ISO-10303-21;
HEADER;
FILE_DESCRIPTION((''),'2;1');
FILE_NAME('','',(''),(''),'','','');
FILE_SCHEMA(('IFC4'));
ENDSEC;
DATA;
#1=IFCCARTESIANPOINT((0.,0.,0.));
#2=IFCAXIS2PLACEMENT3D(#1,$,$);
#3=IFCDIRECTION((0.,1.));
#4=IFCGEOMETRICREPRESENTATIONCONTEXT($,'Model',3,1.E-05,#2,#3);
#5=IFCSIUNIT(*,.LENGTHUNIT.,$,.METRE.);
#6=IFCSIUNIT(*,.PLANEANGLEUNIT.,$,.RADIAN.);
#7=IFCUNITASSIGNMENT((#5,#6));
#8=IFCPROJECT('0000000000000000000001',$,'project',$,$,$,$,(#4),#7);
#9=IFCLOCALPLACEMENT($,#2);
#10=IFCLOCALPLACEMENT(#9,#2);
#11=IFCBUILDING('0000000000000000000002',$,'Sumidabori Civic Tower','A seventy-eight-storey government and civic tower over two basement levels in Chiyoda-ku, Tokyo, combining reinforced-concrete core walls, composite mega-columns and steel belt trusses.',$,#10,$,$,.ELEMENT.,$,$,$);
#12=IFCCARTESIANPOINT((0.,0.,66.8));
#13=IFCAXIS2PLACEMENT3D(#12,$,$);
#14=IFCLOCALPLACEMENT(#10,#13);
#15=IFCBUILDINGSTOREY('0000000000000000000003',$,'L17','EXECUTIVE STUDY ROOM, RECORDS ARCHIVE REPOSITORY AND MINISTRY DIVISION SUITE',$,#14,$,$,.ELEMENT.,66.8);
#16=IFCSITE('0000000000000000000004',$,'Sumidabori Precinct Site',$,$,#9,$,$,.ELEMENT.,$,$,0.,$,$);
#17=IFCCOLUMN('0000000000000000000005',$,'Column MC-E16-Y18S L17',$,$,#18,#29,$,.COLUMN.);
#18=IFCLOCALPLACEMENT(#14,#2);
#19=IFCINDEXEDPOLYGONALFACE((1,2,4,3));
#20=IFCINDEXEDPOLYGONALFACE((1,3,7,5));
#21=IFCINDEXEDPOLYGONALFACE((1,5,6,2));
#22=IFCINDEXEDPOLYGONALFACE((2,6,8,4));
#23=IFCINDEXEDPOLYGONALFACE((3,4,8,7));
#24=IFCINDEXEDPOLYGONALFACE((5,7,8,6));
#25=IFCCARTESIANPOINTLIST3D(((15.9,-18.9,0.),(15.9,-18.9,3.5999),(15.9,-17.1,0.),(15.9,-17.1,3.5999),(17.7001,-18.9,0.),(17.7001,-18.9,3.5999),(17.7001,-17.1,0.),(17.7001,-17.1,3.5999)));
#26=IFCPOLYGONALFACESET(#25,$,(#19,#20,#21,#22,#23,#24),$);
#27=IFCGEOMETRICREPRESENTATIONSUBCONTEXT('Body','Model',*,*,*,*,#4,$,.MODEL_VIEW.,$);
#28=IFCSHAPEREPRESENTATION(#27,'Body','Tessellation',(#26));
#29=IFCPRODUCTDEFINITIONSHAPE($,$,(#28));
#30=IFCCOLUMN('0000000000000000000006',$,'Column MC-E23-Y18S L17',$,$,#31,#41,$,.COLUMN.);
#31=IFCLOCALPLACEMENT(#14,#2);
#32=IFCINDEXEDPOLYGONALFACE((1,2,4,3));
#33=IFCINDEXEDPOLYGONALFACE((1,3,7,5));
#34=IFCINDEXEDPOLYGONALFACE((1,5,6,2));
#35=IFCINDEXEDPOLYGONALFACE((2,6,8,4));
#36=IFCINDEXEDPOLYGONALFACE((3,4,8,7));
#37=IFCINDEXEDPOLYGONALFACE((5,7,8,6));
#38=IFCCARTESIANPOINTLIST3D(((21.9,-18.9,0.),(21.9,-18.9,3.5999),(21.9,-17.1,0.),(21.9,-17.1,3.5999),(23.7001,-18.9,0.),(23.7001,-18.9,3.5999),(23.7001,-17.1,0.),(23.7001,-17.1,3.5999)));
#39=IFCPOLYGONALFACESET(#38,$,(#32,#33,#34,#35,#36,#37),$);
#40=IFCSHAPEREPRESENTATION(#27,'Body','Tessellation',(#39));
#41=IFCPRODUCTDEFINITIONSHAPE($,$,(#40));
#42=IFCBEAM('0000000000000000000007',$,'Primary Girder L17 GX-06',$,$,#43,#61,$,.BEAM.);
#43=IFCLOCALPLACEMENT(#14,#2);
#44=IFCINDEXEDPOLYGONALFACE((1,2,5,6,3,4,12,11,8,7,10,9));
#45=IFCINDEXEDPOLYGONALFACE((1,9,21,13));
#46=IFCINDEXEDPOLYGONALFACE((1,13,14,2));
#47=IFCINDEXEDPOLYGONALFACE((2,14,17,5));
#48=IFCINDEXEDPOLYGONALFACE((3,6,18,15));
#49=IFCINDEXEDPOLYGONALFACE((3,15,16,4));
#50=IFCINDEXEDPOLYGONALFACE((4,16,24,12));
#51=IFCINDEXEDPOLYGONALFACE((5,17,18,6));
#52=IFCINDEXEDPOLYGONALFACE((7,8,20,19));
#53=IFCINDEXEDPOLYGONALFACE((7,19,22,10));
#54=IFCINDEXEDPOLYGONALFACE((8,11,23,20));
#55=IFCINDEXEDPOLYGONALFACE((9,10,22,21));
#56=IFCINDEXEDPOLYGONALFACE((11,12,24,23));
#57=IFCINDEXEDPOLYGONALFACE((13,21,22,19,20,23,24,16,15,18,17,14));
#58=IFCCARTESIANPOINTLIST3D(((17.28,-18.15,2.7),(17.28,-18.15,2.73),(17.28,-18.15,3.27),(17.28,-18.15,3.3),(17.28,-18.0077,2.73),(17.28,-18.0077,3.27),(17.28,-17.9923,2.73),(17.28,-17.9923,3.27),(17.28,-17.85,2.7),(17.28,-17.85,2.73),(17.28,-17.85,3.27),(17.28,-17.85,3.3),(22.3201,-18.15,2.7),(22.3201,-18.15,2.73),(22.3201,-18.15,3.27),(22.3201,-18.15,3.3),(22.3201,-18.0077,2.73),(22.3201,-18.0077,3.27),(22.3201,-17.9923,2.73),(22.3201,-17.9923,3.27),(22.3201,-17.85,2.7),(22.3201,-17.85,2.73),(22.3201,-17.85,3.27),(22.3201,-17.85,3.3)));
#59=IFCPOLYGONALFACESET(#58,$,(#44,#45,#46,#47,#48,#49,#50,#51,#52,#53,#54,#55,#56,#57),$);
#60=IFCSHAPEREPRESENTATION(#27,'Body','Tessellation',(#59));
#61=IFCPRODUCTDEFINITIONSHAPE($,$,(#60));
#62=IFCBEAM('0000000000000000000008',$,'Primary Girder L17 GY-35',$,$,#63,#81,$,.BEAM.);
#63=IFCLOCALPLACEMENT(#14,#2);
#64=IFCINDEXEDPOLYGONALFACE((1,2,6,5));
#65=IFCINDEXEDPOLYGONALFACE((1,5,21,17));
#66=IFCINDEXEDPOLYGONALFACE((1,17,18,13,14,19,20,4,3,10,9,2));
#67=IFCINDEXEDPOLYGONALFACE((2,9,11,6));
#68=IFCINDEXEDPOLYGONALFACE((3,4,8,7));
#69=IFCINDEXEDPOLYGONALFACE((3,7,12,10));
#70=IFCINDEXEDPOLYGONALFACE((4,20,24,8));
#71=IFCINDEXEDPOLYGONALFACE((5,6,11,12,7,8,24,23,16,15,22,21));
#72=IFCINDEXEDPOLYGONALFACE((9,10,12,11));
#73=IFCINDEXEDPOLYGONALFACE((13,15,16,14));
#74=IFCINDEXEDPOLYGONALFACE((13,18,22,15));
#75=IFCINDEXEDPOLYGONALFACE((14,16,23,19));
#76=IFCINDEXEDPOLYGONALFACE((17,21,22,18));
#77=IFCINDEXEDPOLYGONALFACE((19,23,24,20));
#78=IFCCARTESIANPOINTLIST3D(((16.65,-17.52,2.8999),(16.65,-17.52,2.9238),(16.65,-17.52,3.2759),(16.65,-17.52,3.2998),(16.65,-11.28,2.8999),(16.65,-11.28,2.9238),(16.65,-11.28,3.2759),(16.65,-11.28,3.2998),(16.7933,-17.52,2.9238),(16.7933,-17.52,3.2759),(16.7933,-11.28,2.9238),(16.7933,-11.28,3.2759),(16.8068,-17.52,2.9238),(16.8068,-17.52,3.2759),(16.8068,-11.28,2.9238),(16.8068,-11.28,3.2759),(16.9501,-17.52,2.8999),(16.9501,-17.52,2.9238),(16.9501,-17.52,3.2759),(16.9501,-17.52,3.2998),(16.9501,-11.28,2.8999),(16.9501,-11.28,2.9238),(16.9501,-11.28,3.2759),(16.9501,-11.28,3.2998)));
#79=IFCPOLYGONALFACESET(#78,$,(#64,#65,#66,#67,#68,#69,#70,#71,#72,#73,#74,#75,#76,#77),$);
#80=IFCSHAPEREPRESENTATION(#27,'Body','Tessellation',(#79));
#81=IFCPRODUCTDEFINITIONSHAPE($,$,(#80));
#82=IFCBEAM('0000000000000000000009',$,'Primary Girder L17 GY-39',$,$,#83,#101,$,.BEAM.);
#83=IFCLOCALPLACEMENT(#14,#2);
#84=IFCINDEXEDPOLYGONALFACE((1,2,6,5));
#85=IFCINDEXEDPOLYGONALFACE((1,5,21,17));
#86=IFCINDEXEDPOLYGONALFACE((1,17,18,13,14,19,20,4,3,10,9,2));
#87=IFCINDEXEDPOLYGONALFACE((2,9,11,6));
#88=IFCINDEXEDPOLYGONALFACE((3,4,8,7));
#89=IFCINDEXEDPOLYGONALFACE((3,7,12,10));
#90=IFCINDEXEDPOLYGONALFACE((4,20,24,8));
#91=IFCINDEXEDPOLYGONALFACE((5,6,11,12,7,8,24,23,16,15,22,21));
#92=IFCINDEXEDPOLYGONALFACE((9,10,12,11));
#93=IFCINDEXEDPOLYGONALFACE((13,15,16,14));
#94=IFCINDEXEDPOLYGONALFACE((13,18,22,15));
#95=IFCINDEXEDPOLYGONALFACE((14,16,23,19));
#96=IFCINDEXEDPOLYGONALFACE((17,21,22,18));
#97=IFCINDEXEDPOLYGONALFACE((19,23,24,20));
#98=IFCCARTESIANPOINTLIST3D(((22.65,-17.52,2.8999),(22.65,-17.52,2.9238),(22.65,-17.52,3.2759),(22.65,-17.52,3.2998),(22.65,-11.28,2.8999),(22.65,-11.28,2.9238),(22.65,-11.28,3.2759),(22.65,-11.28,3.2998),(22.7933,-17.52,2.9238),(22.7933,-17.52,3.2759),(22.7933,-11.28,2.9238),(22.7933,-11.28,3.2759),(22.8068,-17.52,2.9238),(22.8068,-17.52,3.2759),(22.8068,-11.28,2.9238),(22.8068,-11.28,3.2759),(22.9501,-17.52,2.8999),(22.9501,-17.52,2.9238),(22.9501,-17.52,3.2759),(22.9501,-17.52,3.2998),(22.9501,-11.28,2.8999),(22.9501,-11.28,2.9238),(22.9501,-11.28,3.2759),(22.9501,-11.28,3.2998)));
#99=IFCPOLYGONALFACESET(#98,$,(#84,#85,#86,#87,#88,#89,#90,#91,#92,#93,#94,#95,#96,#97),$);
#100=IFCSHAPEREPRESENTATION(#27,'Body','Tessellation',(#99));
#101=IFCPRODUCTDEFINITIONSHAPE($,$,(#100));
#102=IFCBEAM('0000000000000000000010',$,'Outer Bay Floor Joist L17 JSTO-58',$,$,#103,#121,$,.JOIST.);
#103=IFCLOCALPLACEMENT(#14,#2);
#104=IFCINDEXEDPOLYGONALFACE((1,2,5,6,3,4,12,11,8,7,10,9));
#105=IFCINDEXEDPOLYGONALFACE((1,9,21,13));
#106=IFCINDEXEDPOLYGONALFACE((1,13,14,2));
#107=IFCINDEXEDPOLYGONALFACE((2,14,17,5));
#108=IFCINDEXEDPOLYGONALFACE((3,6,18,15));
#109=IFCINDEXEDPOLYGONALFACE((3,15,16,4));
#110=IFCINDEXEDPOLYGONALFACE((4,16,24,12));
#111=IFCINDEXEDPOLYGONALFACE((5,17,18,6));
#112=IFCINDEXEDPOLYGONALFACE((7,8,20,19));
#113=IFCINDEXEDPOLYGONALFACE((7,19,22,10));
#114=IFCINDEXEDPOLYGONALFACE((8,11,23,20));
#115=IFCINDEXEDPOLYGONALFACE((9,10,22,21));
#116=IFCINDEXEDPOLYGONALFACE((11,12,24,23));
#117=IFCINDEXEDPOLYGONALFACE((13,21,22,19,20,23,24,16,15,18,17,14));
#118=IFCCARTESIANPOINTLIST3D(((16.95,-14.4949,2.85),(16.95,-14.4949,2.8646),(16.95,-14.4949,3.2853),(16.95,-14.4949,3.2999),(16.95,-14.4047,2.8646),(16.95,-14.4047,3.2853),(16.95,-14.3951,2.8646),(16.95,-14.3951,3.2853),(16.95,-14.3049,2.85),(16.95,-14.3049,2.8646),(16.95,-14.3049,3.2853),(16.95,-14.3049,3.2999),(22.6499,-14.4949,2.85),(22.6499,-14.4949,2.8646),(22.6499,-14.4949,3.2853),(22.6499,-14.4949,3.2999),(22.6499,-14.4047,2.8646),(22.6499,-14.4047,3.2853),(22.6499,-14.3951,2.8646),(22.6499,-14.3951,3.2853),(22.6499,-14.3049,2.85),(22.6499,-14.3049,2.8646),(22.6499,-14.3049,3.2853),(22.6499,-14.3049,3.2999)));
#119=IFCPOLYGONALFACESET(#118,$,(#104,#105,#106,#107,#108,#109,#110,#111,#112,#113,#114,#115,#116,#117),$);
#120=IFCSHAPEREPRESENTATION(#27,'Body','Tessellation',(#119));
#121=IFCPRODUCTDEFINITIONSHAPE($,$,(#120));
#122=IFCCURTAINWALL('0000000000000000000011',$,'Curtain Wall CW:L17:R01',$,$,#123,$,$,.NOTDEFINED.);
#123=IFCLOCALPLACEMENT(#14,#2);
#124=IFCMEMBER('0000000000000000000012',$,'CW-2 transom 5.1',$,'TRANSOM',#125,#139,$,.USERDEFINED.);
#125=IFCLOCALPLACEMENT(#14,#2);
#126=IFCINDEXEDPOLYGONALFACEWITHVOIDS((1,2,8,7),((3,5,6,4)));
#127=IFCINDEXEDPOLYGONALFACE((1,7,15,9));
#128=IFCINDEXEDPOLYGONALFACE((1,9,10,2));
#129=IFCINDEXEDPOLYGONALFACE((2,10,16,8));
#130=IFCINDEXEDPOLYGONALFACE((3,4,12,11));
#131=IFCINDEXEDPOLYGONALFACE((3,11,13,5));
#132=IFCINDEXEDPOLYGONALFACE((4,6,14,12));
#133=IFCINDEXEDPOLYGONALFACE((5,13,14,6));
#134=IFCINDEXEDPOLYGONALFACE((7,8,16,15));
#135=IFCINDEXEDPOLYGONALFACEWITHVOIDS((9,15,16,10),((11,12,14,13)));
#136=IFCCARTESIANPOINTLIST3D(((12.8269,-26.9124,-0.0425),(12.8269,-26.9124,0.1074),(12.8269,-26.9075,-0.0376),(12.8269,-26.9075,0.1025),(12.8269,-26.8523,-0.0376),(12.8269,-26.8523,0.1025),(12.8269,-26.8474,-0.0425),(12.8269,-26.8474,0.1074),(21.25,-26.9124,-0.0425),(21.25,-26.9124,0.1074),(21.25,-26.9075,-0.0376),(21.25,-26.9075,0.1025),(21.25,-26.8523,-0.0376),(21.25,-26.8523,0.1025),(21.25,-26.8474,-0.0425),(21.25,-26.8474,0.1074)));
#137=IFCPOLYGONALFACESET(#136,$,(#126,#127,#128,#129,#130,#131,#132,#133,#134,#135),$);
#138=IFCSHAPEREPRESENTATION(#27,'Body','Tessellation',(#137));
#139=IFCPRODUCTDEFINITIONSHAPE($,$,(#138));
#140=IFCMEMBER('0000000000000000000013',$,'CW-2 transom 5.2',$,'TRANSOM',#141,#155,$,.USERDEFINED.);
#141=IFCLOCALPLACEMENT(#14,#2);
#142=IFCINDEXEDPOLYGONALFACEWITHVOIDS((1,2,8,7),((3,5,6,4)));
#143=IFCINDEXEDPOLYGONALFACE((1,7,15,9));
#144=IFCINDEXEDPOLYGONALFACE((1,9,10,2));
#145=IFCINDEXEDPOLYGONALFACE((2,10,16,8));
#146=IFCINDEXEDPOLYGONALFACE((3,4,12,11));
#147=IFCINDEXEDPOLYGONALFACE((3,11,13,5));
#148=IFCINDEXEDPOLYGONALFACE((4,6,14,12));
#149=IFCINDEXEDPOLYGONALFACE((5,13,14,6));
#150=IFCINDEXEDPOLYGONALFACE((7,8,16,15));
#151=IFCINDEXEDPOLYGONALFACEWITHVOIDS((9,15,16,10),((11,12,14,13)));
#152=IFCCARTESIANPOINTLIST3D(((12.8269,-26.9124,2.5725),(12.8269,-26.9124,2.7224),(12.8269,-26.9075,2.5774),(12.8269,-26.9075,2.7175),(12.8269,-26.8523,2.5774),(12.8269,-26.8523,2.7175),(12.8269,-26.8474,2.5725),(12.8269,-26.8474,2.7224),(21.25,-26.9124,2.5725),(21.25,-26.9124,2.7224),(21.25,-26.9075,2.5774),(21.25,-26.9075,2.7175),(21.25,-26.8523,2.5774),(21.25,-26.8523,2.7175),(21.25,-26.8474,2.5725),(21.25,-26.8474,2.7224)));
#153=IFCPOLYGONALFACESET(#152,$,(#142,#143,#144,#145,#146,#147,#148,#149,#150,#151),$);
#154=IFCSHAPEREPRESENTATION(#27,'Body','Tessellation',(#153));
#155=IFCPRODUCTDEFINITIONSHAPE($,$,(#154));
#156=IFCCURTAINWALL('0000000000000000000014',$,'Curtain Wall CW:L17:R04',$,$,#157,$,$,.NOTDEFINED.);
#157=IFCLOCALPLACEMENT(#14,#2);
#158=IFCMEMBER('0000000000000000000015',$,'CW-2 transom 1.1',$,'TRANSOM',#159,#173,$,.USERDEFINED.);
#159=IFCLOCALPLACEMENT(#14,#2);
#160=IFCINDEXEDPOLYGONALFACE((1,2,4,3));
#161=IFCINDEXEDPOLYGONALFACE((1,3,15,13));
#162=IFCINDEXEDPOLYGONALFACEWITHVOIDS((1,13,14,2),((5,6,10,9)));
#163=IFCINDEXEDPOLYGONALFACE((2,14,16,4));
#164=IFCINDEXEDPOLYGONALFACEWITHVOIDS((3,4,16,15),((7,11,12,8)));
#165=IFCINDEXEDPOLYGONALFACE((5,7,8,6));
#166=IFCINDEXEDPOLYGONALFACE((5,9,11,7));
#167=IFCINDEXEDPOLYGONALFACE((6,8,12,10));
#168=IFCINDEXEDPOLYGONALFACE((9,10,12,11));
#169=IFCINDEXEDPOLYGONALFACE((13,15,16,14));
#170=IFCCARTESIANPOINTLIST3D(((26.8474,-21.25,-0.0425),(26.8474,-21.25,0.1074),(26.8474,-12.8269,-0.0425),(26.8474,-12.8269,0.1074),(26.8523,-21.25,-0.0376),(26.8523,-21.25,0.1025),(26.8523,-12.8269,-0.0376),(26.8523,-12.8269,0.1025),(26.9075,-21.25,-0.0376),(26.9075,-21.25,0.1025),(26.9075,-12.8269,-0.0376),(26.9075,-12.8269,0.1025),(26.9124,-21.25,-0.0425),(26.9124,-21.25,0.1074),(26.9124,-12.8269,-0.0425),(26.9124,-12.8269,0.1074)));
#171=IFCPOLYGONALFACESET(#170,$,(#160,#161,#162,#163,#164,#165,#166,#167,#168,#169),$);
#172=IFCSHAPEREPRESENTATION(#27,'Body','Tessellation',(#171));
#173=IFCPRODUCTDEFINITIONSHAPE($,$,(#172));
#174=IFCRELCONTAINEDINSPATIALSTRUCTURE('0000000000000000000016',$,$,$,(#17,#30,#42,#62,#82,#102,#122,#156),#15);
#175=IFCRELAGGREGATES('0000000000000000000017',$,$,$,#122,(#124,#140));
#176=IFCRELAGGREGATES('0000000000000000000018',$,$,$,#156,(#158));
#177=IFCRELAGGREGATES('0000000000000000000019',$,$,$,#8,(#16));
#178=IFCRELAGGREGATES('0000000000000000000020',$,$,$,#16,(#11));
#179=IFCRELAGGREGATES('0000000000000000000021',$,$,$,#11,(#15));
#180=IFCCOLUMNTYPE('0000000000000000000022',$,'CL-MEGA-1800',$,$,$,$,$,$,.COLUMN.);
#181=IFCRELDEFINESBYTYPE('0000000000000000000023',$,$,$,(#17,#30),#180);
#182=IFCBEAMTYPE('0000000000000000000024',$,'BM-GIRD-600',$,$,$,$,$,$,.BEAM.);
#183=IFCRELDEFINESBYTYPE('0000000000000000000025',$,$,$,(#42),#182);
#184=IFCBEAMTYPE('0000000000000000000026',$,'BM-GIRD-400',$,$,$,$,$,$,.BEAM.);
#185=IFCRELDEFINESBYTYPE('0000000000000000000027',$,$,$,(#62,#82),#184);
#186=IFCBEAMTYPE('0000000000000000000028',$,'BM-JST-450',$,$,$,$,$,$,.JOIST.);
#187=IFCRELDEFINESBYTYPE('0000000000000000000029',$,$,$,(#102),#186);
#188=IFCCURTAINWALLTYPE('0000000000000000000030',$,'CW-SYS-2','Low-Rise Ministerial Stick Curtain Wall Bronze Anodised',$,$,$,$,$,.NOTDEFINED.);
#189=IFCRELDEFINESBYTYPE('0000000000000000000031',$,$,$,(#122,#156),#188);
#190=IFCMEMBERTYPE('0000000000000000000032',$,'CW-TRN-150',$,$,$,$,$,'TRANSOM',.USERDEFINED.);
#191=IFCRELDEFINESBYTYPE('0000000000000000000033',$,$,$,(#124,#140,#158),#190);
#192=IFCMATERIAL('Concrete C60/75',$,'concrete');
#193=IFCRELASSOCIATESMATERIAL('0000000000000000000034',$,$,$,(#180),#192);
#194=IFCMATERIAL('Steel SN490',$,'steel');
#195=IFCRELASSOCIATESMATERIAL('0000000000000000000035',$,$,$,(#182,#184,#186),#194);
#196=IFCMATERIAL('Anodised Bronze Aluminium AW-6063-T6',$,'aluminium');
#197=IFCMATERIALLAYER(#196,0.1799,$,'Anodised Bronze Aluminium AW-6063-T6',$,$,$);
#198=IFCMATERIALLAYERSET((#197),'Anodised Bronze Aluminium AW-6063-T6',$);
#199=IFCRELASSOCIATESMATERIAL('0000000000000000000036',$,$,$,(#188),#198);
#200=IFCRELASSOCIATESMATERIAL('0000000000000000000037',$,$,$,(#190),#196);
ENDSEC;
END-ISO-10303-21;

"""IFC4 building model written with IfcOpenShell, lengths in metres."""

from ifc_helpers import new_model, si_unit, direction, frame, origin, origin_2d, place, context, subcontext, project, spatial, rectangle, hollow_rectangle, i_section, extrude, source, transform, mapped, material, layer, layer_set, material_profile, profile_set, type_object, element, aggregate, save


model = new_model("IFC4")

# Units and contexts
model_context = context("Model", 3, precision=1e-05, world=origin(), true_north=direction((0.0, 1.0)))
body_context = subcontext(model_context, "Body", "Model", "MODEL_VIEW")
ifc_project = project(units=[si_unit("LENGTHUNIT", "METRE"), si_unit("PLANEANGLEUNIT", "RADIAN")], contexts=[model_context])

# Site, building, storey
site_placement = place(None, origin())
site = spatial("IfcSite", under=ifc_project, at=site_placement, Name="Sumidabori Precinct Site", CompositionType="ELEMENT", RefElevation=0.0)
building_placement = place(site_placement, origin())
building = spatial("IfcBuilding", under=site, at=building_placement, Name="Sumidabori Civic Tower", Description="A seventy-eight-storey government and civic tower over two basement levels in Chiyoda-ku, Tokyo, combining reinforced-concrete core walls, composite mega-columns and steel belt trusses.", CompositionType="ELEMENT")
storey_placement = place(building_placement, frame((0.0, 0.0, 66.8)))
storey = spatial("IfcBuildingStorey", under=building, at=storey_placement, Name="L17", Description="EXECUTIVE STUDY ROOM, RECORDS ARCHIVE REPOSITORY AND MINISTRY DIVISION SUITE", CompositionType="ELEMENT", Elevation=66.8)

# Columns
ifc_material_1 = material(Name="Concrete C60/75", Category="concrete")
ifc_material_profile_1 = material_profile(ifc_material_1, rectangle(XDim=1.8, YDim=1.8, at=origin_2d()), Name="RC 1800x1800")
ifc_profile_set_1 = profile_set([ifc_material_profile_1], Name="Concrete C60/75")
column_type = type_object("IfcColumnType", Name="CL-MEGA-1800", PredefinedType="COLUMN", material=ifc_profile_set_1)
shared_shape_1 = source(origin(), body_context, "Body", "SweptSolid", [
    extrude(rectangle(XDim=1.8, YDim=1.8, at=origin_2d()), origin(), (0.0, 0.0, 1.0), 3.5999),
])
for number, where, z_axis, x_axis, name in (
    (1, (16.8, -18.0, 0.0), (0.0, 0.0, 1.0), (1.0, 0.0, 0.0), "Column MC-E16-Y18S L17"),
    (2, (22.8, -18.0, 0.0), (0.0, 0.0, 1.0), (1.0, 0.0, 0.0), "Column MC-E23-Y18S L17"),
):
    element("IfcColumn", number, at=place(storey_placement, frame(where, z_axis=z_axis, x_axis=x_axis)), inside=storey, type_object=column_type, Name=name, PredefinedType="COLUMN", context=body_context, shape_type="MappedRepresentation", body=[
        mapped(shared_shape_1, transform((0.0, 0.0, 0.0), x_axis=(1.0, 0.0, 0.0), y_axis=(0.0, 1.0, 0.0), z_axis=(0.0, 0.0, 1.0), scale=1.0)),
    ])

# Beams
ifc_material_2 = material(Name="Steel SN490", Category="steel")
ifc_material_profile_2 = material_profile(ifc_material_2, i_section(OverallWidth=0.3, OverallDepth=0.6001, WebThickness=0.0154, FlangeThickness=0.03, at=origin_2d()), Name="HE 600 B")
ifc_profile_set_2 = profile_set([ifc_material_profile_2], Name="Steel SN490")
beam_type_1 = type_object("IfcBeamType", Name="BM-GIRD-600", PredefinedType="BEAM", material=ifc_profile_set_2)
shared_shape_2 = source(origin(), body_context, "Body", "SweptSolid", [
    extrude(i_section(OverallWidth=0.3, OverallDepth=0.6001, WebThickness=0.0154, FlangeThickness=0.03, at=origin_2d()), origin(), (0.0, 0.0, 1.0), 5.04),
])
beam_1_placement = place(storey_placement, frame((17.28, -18.0, 3.0), z_axis=(1.0, 0.0, 0.0), x_axis=(0.0, 1.0, 0.0)))
element("IfcBeam", 3, at=beam_1_placement, inside=storey, type_object=beam_type_1, Name="Primary Girder L17 GX-06", PredefinedType="BEAM", context=body_context, shape_type="MappedRepresentation", body=[
    mapped(shared_shape_2, transform((0.0, 0.0, 0.0), x_axis=(1.0, 0.0, 0.0), y_axis=(0.0, 1.0, 0.0), z_axis=(0.0, 0.0, 1.0), scale=1.0)),
])
ifc_material_profile_3 = material_profile(ifc_material_2, i_section(OverallWidth=0.3, OverallDepth=0.3999, WebThickness=0.0134, FlangeThickness=0.0239, at=origin_2d()), Name="HE 400 B")
ifc_profile_set_3 = profile_set([ifc_material_profile_3], Name="Steel SN490")
beam_type_2 = type_object("IfcBeamType", Name="BM-GIRD-400", PredefinedType="BEAM", material=ifc_profile_set_3)
shared_shape_3 = source(origin(), body_context, "Body", "SweptSolid", [
    extrude(i_section(OverallWidth=0.3, OverallDepth=0.3999, WebThickness=0.0134, FlangeThickness=0.0239, at=origin_2d()), origin(), (0.0, 0.0, 1.0), 6.24),
])
for number, where, z_axis, x_axis, name in (
    (4, (16.8, -17.52, 3.0999), (0.0, 1.0, 0.0), (-1.0, 0.0, 0.0), "Primary Girder L17 GY-35"),
    (5, (22.8, -17.52, 3.0999), (0.0, 1.0, 0.0), (-1.0, 0.0, 0.0), "Primary Girder L17 GY-39"),
):
    element("IfcBeam", number, at=place(storey_placement, frame(where, z_axis=z_axis, x_axis=x_axis)), inside=storey, type_object=beam_type_2, Name=name, PredefinedType="BEAM", context=body_context, shape_type="MappedRepresentation", body=[
        mapped(shared_shape_3, transform((0.0, 0.0, 0.0), x_axis=(1.0, 0.0, 0.0), y_axis=(0.0, 1.0, 0.0), z_axis=(0.0, 0.0, 1.0), scale=1.0)),
    ])
ifc_material_profile_4 = material_profile(ifc_material_2, i_section(OverallWidth=0.1899, OverallDepth=0.45, WebThickness=0.0095, FlangeThickness=0.0146, at=origin_2d()), Name="IPE 450")
ifc_profile_set_4 = profile_set([ifc_material_profile_4], Name="Steel SN490")
beam_type_3 = type_object("IfcBeamType", Name="BM-JST-450", PredefinedType="JOIST", material=ifc_profile_set_4)
shared_shape_4 = source(origin(), body_context, "Body", "SweptSolid", [
    extrude(i_section(OverallWidth=0.1899, OverallDepth=0.45, WebThickness=0.0095, FlangeThickness=0.0146, at=origin_2d()), origin(), (0.0, 0.0, 1.0), 5.7),
])
beam_2_placement = place(storey_placement, frame((16.95, -14.3999, 3.075), z_axis=(1.0, 0.0, 0.0), x_axis=(0.0, 1.0, 0.0)))
element("IfcBeam", 6, at=beam_2_placement, inside=storey, type_object=beam_type_3, Name="Outer Bay Floor Joist L17 JSTO-58", PredefinedType="JOIST", context=body_context, shape_type="MappedRepresentation", body=[
    mapped(shared_shape_4, transform((0.0, 0.0, 0.0), x_axis=(1.0, 0.0, 0.0), y_axis=(0.0, 1.0, 0.0), z_axis=(0.0, 0.0, 1.0), scale=1.0)),
])

# Curtain walls, members
ifc_material_3 = material(Name="Anodised Bronze Aluminium AW-6063-T6", Category="aluminium")
ifc_layer_1 = layer(ifc_material_3, 0.1799, Name="Anodised Bronze Aluminium AW-6063-T6")
ifc_layer_set_1 = layer_set([ifc_layer_1], Name="Anodised Bronze Aluminium AW-6063-T6")
curtain_wall_type = type_object("IfcCurtainWallType", Name="CW-SYS-2", Description="Low-Rise Ministerial Stick Curtain Wall Bronze Anodised", PredefinedType="NOTDEFINED", material=ifc_layer_set_1)
curtain_wall_1_placement = place(storey_placement, origin())
curtain_wall_1 = element("IfcCurtainWall", 7, at=curtain_wall_1_placement, inside=storey, type_object=curtain_wall_type, Name="Curtain Wall CW:L17:R01", PredefinedType="NOTDEFINED")
ifc_material_profile_5 = material_profile(ifc_material_3, hollow_rectangle(XDim=0.0649, YDim=0.1499, WallThickness=0.0049, at=origin_2d()), Name="ALU TRANSOM 150x65")
ifc_profile_set_5 = profile_set([ifc_material_profile_5], Name="Anodised Bronze Aluminium AW-6063-T6")
member_type_1 = type_object("IfcMemberType", Name="CW-TRN-150", ElementType="TRANSOM", PredefinedType="USERDEFINED", material=ifc_profile_set_5)
shared_shape_5 = source(origin(), body_context, "Body", "SweptSolid", [
    extrude(hollow_rectangle(XDim=0.0649, YDim=0.1499, WallThickness=0.0049, at=origin_2d()), origin(), (0.0, 0.0, 1.0), 8.4231),
])
member_1_placement = place(storey_placement, frame((12.8269, -26.8799, 0.0325), z_axis=(1.0, 0.0, 0.0), x_axis=(0.0, 1.0, 0.0)))
member_1 = element("IfcMember", 8, at=member_1_placement, type_object=member_type_1, Name="CW-2 transom 5.1", ObjectType="TRANSOM", PredefinedType="USERDEFINED", context=body_context, shape_type="MappedRepresentation", body=[
    mapped(shared_shape_5, transform((0.0, 0.0, 0.0), x_axis=(1.0, 0.0, 0.0), y_axis=(0.0, 1.0, 0.0), z_axis=(0.0, 0.0, 1.0), scale=1.0)),
])
member_2_placement = place(storey_placement, frame((12.8269, -26.8799, 2.6475), z_axis=(1.0, 0.0, 0.0), x_axis=(0.0, 1.0, 0.0)))
member_2 = element("IfcMember", 9, at=member_2_placement, type_object=member_type_1, Name="CW-2 transom 5.2", ObjectType="TRANSOM", PredefinedType="USERDEFINED", context=body_context, shape_type="MappedRepresentation", body=[
    mapped(shared_shape_5, transform((0.0, 0.0, 0.0), x_axis=(1.0, 0.0, 0.0), y_axis=(0.0, 1.0, 0.0), z_axis=(0.0, 0.0, 1.0), scale=1.0)),
])
curtain_wall_2_placement = place(storey_placement, origin())
curtain_wall_2 = element("IfcCurtainWall", 10, at=curtain_wall_2_placement, inside=storey, type_object=curtain_wall_type, Name="Curtain Wall CW:L17:R04", PredefinedType="NOTDEFINED")
member_3_placement = place(storey_placement, frame((26.8799, -21.25, 0.0325), z_axis=(0.0, 1.0, 0.0), x_axis=(-1.0, 0.0, 0.0)))
member_3 = element("IfcMember", 11, at=member_3_placement, type_object=member_type_1, Name="CW-2 transom 1.1", ObjectType="TRANSOM", PredefinedType="USERDEFINED", context=body_context, shape_type="MappedRepresentation", body=[
    mapped(shared_shape_5, transform((0.0, 0.0, 0.0), x_axis=(1.0, 0.0, 0.0), y_axis=(0.0, 1.0, 0.0), z_axis=(0.0, 0.0, 1.0), scale=1.0)),
])

aggregate(curtain_wall_1, [member_1, member_2])
aggregate(curtain_wall_2, [member_3])

save(model, "model.ifc")
